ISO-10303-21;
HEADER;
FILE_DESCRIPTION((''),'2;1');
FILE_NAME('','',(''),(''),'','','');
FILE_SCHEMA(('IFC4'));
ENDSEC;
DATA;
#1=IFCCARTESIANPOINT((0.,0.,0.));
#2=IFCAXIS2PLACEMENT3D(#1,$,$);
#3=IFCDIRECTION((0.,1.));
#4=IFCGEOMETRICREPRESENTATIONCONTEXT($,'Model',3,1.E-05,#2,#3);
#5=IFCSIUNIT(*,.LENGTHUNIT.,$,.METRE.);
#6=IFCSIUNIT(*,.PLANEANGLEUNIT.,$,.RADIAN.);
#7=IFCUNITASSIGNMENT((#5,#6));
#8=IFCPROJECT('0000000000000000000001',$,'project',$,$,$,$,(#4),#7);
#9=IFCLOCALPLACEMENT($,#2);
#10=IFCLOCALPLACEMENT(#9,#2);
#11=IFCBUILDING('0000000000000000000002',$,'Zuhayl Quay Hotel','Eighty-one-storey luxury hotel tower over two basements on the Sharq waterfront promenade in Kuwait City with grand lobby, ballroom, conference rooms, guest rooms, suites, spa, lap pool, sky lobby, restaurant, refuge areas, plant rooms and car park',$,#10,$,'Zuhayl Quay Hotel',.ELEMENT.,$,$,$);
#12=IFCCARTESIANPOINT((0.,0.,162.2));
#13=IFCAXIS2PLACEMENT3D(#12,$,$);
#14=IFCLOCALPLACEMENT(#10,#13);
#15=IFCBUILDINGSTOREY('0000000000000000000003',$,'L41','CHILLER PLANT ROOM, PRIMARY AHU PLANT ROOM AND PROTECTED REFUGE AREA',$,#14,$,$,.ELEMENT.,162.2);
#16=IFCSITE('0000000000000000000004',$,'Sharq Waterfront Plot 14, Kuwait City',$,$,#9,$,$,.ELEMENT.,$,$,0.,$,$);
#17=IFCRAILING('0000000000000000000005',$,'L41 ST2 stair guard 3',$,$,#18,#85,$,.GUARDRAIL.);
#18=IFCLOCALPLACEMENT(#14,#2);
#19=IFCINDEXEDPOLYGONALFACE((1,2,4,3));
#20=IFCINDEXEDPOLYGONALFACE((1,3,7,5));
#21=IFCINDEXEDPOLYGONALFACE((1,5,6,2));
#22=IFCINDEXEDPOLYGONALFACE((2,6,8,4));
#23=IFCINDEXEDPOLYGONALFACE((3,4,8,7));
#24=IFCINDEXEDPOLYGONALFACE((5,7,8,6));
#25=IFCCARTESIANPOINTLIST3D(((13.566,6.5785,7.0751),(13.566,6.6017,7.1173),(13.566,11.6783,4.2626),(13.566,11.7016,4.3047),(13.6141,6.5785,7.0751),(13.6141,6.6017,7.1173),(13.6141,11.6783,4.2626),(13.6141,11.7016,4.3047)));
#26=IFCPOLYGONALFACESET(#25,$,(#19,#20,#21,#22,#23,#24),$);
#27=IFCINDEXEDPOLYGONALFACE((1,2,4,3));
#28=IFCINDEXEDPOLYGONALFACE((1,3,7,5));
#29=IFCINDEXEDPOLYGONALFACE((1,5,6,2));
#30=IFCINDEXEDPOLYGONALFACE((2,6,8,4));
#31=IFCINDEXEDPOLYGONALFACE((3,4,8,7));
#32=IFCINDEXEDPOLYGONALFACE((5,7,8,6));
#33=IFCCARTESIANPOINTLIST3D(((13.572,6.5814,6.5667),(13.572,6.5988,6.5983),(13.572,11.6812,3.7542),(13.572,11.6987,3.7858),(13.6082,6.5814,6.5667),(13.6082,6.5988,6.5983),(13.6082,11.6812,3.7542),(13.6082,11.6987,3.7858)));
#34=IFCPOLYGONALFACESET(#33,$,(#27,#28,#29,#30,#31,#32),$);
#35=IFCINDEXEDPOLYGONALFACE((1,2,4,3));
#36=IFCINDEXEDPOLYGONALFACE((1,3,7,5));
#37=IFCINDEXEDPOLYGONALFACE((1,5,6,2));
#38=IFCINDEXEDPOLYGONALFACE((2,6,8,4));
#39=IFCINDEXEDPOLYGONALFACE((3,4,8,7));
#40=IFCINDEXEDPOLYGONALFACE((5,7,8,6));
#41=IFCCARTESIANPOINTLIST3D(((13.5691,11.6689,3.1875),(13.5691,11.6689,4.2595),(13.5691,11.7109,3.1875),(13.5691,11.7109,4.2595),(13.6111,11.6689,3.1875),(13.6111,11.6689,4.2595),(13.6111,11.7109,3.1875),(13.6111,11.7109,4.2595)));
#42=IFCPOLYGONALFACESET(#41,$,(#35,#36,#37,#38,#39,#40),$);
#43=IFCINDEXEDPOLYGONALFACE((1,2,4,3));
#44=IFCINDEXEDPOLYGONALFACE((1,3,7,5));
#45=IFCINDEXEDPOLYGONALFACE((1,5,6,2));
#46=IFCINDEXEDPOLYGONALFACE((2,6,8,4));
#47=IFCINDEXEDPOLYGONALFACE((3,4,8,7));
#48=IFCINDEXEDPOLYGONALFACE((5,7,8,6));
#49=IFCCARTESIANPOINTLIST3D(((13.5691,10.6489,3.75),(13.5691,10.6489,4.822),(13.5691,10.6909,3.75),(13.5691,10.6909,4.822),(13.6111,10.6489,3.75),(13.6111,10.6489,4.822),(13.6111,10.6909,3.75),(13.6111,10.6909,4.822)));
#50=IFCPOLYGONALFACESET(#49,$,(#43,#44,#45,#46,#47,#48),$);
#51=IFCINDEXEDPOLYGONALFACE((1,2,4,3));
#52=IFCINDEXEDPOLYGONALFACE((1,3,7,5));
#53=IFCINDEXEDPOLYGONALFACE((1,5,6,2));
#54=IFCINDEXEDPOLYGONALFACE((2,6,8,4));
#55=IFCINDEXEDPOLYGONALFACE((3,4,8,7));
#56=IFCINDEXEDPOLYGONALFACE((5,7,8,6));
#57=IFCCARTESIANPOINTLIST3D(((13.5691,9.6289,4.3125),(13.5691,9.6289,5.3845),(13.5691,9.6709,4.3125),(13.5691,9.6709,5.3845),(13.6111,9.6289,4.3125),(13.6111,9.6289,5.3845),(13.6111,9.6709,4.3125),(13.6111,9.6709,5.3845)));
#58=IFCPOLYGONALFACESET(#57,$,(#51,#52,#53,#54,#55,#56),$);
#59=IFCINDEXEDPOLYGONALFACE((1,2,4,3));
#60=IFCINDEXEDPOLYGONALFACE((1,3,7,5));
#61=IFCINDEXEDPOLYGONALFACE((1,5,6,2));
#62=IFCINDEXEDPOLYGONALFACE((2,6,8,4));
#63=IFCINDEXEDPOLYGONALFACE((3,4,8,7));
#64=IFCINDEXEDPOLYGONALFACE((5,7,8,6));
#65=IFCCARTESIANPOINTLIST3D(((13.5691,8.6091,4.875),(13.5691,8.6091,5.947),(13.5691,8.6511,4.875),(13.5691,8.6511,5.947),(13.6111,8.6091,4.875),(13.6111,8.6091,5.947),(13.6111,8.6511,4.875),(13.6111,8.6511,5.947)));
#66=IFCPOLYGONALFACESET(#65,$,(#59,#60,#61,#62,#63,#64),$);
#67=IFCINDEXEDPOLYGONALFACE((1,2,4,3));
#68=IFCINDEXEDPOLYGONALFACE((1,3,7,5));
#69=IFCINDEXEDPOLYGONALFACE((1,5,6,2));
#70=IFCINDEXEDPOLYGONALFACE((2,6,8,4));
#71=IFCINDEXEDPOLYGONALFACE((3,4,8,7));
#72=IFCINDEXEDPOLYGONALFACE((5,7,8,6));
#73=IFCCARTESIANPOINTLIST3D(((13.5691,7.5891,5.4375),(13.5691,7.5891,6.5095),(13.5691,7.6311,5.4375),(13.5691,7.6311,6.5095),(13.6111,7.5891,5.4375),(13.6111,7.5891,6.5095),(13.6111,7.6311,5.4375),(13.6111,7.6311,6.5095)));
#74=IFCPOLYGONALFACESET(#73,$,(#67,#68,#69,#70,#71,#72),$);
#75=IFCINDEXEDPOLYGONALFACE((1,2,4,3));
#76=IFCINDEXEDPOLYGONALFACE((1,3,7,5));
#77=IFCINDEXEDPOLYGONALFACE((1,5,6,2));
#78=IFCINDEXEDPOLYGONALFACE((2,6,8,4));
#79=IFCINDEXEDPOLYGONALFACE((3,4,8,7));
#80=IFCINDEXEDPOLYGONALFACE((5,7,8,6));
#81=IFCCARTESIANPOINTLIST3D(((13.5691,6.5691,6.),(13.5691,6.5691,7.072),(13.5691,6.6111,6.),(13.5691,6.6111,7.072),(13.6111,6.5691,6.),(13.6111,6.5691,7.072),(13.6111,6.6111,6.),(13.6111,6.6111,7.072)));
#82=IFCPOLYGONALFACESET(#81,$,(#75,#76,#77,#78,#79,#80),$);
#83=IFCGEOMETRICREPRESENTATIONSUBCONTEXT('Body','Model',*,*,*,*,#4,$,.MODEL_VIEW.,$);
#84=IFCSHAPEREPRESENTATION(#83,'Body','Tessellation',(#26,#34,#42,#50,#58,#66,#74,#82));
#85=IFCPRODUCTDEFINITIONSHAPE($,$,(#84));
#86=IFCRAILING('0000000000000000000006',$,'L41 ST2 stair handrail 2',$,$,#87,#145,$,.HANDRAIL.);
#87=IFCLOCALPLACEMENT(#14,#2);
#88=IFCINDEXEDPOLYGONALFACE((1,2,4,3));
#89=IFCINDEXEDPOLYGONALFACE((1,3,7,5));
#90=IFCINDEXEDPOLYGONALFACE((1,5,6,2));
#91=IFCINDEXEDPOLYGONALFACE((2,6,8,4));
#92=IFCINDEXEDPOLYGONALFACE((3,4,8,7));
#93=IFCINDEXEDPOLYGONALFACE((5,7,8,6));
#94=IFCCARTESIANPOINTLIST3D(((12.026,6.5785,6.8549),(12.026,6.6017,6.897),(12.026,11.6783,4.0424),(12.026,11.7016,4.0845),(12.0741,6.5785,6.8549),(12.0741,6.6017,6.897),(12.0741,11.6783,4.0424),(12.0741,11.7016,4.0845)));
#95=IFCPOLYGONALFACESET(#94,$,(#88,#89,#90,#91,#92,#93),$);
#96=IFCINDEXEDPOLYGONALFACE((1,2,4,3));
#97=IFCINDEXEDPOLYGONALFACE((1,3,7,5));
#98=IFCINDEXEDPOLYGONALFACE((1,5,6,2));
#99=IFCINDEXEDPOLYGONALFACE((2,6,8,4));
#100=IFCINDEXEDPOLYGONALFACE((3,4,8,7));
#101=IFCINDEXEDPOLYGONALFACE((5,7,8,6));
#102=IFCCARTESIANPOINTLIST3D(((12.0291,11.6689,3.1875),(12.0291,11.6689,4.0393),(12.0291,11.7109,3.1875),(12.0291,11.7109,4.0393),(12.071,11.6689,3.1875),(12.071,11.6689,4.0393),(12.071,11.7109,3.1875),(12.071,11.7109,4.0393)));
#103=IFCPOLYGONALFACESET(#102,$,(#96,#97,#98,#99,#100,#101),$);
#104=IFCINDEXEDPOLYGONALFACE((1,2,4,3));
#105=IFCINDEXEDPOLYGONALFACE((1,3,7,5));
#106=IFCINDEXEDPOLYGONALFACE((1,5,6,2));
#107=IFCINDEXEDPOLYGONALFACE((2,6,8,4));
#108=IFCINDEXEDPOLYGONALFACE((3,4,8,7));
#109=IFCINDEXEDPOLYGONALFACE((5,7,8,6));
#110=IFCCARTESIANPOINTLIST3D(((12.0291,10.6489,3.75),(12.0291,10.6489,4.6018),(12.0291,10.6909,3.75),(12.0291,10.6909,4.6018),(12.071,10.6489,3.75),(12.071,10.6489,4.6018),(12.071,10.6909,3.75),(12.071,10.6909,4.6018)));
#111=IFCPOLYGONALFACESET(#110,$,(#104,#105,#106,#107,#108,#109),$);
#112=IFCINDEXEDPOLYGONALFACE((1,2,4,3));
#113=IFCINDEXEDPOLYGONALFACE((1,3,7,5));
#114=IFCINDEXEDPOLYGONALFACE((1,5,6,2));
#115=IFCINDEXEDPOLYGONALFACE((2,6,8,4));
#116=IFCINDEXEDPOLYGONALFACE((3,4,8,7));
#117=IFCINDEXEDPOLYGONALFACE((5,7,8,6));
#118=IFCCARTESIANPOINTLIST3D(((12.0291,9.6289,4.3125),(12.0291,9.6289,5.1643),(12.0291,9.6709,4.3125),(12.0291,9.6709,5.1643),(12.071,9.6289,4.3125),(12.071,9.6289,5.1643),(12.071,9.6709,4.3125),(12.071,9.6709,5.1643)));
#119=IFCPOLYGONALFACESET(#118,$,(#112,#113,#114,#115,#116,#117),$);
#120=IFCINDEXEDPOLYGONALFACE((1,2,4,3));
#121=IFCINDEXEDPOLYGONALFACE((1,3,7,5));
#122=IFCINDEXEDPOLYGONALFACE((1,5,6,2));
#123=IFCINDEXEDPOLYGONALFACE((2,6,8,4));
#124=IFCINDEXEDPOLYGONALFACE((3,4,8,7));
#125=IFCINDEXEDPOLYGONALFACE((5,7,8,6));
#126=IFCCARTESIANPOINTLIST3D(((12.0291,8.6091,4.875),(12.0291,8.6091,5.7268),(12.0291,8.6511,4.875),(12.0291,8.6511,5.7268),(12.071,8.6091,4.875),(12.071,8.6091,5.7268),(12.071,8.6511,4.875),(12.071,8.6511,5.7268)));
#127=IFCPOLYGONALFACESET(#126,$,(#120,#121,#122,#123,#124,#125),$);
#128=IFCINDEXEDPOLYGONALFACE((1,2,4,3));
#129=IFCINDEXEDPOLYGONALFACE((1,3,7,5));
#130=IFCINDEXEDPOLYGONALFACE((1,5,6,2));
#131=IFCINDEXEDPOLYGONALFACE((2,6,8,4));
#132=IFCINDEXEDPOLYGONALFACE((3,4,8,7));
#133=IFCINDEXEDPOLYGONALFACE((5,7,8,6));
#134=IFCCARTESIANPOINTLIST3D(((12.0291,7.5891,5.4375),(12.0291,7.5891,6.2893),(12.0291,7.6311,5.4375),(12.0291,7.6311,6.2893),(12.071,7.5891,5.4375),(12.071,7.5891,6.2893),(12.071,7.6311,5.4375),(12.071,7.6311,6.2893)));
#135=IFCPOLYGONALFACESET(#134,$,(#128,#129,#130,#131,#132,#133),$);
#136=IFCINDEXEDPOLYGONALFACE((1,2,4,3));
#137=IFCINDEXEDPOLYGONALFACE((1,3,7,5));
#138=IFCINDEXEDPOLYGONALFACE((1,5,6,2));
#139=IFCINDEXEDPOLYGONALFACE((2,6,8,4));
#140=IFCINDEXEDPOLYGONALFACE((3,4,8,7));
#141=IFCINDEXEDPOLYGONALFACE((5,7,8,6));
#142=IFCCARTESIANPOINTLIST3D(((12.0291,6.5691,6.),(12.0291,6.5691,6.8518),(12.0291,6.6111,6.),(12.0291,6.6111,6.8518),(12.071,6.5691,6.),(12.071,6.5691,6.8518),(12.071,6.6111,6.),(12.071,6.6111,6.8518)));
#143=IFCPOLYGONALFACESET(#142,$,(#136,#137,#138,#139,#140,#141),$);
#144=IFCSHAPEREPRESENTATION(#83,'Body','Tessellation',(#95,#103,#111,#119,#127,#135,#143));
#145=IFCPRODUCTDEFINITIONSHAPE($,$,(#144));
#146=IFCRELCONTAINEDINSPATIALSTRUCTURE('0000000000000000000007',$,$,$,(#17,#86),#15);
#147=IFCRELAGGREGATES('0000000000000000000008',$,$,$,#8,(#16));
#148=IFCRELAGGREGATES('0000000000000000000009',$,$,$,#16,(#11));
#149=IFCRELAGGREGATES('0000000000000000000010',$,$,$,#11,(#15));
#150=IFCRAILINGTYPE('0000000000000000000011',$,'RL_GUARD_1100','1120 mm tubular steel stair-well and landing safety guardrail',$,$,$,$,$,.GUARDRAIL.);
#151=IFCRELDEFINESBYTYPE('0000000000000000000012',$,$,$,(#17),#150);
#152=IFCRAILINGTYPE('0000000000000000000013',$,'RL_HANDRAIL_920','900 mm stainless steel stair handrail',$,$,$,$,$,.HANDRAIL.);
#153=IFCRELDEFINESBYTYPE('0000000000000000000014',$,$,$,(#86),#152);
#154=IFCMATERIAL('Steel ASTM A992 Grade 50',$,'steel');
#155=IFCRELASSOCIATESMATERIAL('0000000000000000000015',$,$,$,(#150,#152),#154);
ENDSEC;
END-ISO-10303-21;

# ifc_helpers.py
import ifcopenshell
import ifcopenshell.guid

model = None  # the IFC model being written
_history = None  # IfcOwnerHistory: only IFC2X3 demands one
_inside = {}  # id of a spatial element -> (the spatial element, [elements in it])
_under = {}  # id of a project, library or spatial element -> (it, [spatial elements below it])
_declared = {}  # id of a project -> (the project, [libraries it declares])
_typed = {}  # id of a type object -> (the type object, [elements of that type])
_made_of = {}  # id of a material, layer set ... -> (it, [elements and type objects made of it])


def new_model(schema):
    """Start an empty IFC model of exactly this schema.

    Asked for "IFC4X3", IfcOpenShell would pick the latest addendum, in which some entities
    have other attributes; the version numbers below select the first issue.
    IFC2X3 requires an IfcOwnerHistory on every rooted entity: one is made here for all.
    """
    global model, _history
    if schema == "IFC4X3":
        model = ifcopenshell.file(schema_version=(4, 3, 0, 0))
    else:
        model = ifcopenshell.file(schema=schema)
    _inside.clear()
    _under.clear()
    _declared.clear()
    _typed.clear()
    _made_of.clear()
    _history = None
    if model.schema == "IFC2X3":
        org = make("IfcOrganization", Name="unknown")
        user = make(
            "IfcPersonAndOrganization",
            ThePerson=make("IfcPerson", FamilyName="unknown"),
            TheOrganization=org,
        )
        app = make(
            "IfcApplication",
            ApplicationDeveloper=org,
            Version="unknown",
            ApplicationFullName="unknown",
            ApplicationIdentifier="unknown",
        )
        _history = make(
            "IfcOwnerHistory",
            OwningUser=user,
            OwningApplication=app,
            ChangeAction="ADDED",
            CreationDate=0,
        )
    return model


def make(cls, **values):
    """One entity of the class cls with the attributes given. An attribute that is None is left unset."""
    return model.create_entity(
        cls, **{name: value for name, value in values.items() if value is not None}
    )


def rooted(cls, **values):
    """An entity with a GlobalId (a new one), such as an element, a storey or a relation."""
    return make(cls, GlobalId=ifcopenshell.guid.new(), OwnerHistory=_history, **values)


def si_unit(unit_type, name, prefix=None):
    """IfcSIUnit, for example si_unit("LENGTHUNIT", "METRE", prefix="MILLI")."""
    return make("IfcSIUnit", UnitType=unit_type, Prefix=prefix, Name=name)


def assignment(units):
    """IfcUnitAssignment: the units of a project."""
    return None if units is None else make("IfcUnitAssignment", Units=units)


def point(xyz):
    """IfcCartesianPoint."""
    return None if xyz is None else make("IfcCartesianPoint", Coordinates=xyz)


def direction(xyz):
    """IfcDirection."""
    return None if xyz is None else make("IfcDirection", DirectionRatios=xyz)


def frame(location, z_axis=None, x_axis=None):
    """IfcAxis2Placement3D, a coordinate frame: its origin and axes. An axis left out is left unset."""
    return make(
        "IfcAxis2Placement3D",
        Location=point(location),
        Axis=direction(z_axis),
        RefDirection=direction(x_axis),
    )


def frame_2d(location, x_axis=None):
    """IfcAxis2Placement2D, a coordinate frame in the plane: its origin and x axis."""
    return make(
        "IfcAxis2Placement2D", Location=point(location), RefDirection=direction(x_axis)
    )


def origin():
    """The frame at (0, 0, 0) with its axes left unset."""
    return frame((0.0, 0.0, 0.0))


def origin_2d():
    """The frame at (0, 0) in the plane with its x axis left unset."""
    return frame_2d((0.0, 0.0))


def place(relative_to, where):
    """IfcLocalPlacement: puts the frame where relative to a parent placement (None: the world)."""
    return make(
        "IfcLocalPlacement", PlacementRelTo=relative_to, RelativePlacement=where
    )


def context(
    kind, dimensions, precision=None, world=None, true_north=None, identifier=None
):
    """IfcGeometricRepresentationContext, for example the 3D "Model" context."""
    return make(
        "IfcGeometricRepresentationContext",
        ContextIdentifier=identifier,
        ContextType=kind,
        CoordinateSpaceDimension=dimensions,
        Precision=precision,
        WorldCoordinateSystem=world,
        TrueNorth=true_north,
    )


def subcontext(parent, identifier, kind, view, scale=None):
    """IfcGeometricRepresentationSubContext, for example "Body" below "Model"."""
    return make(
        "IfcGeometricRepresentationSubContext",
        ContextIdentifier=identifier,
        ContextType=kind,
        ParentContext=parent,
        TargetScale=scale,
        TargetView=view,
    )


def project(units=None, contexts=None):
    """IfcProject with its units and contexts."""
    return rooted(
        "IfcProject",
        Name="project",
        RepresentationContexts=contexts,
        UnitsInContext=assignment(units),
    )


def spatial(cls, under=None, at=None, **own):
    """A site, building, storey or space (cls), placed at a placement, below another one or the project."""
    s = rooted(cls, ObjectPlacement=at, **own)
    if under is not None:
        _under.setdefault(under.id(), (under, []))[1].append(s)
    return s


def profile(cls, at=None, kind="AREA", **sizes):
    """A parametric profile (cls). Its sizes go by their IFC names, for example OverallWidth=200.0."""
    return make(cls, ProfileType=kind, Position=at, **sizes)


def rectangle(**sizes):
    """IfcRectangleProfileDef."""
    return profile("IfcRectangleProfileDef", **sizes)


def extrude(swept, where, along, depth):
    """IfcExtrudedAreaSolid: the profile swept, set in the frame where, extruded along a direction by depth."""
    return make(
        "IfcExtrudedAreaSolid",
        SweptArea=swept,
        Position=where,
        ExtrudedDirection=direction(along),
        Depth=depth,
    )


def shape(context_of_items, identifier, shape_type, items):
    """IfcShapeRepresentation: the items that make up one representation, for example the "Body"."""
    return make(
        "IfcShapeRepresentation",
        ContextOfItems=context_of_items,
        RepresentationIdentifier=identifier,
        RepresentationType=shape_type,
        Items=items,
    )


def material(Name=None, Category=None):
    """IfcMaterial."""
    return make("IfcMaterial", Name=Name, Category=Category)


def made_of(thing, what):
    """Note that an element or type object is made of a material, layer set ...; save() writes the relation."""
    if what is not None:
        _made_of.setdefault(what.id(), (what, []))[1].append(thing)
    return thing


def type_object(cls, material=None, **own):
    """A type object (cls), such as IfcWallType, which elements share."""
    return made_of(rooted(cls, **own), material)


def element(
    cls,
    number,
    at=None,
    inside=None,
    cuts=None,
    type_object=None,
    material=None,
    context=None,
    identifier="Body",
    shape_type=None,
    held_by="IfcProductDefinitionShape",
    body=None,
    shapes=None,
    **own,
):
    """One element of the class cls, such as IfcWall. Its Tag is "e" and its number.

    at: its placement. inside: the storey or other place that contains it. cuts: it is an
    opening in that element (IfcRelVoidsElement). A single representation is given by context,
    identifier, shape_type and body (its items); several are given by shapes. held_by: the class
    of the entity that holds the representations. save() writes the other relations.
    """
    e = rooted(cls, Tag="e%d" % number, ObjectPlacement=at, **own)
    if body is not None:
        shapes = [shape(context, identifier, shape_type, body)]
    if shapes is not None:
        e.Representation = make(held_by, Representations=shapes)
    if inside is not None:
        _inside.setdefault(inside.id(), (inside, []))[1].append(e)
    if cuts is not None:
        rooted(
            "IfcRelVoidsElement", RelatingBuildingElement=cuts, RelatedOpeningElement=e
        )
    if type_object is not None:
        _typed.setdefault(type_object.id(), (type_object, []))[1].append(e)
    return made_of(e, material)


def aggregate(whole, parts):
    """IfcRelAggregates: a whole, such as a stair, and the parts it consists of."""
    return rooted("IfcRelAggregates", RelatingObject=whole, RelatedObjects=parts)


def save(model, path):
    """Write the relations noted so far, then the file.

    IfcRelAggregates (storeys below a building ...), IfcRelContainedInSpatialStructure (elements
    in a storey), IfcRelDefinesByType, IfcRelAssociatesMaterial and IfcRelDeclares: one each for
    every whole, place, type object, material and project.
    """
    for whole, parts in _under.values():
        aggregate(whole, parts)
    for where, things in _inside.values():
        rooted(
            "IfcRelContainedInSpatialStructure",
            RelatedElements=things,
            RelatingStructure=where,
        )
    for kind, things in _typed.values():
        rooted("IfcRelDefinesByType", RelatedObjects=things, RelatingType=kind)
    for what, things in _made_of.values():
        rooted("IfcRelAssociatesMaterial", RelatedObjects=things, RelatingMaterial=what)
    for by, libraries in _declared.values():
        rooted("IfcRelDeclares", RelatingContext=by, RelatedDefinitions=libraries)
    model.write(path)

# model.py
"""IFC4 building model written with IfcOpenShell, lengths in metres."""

from ifc_helpers import new_model, si_unit, direction, frame, origin, origin_2d, place, context, subcontext, project, spatial, rectangle, extrude, material, type_object, element, save


model = new_model("IFC4")

# Units and contexts
model_context = context("Model", 3, precision=1e-05, world=origin(), true_north=direction((0.0, 1.0)))
body_context = subcontext(model_context, "Body", "Model", "MODEL_VIEW")
ifc_project = project(units=[si_unit("LENGTHUNIT", "METRE"), si_unit("PLANEANGLEUNIT", "RADIAN")], contexts=[model_context])

# Site, building, storey
site_placement = place(None, origin())
site = spatial("IfcSite", under=ifc_project, at=site_placement, Name="Sharq Waterfront Plot 14, Kuwait City", CompositionType="ELEMENT", RefElevation=0.0)
building_placement = place(site_placement, origin())
building = spatial("IfcBuilding", under=site, at=building_placement, Name="Zuhayl Quay Hotel", Description="Eighty-one-storey luxury hotel tower over two basements on the Sharq waterfront promenade in Kuwait City with grand lobby, ballroom, conference rooms, guest rooms, suites, spa, lap pool, sky lobby, restaurant, refuge areas, plant rooms and car park", LongName="Zuhayl Quay Hotel", CompositionType="ELEMENT")
storey_placement = place(building_placement, frame((0.0, 0.0, 162.2)))
storey = spatial("IfcBuildingStorey", under=building, at=storey_placement, Name="L41", Description="CHILLER PLANT ROOM, PRIMARY AHU PLANT ROOM AND PROTECTED REFUGE AREA", CompositionType="ELEMENT", Elevation=162.2)

# Railings
ifc_material_1 = material(Name="Steel ASTM A992 Grade 50", Category="steel")
railing_type_1 = type_object("IfcRailingType", Name="RL_GUARD_1100", Description="1120 mm tubular steel stair-well and landing safety guardrail", PredefinedType="GUARDRAIL", material=ifc_material_1)
railing_1_placement = place(storey_placement, frame((13.5901, 11.6899, 3.1875)))
element("IfcRailing", 1, at=railing_1_placement, inside=storey, type_object=railing_type_1, Name="L41 ST2 stair guard 3", PredefinedType="GUARDRAIL", context=body_context, shape_type="SweptSolid", body=[
    extrude(rectangle(XDim=0.0481, YDim=0.0481, at=origin_2d()), frame((0.0, 0.0, 1.0962), z_axis=(0.0, -0.875666, 0.482918), x_axis=(1.0, 0.0, 0.0)), (0.0, 0.0, 1.0), 5.824),
    extrude(rectangle(XDim=0.0361, YDim=0.0361, at=origin_2d()), frame((0.0, 0.0, 0.5825), z_axis=(0.0, -0.875666, 0.482918), x_axis=(1.0, 0.0, 0.0)), (0.0, 0.0, 1.0), 5.824),
    extrude(rectangle(XDim=0.042, YDim=0.042, at=origin_2d()), origin(), (0.0, 0.0, 1.0), 1.072),
    extrude(rectangle(XDim=0.042, YDim=0.042, at=origin_2d()), frame((0.0, -1.02, 0.5625)), (0.0, 0.0, 1.0), 1.072),
    extrude(rectangle(XDim=0.042, YDim=0.042, at=origin_2d()), frame((0.0, -2.04, 1.125)), (0.0, 0.0, 1.0), 1.072),
    extrude(rectangle(XDim=0.042, YDim=0.042, at=origin_2d()), frame((0.0, -3.0598, 1.6875)), (0.0, 0.0, 1.0), 1.072),
    extrude(rectangle(XDim=0.042, YDim=0.042, at=origin_2d()), frame((0.0, -4.0798, 2.25)), (0.0, 0.0, 1.0), 1.072),
    extrude(rectangle(XDim=0.042, YDim=0.042, at=origin_2d()), frame((0.0, -5.0999, 2.8125)), (0.0, 0.0, 1.0), 1.072),
])
railing_type_2 = type_object("IfcRailingType", Name="RL_HANDRAIL_920", Description="900 mm stainless steel stair handrail", PredefinedType="HANDRAIL", material=ifc_material_1)
railing_2_placement = place(storey_placement, frame((12.05, 11.6899, 3.1875)))
element("IfcRailing", 2, at=railing_2_placement, inside=storey, type_object=railing_type_2, Name="L41 ST2 stair handrail 2", PredefinedType="HANDRAIL", context=body_context, shape_type="SweptSolid", body=[
    extrude(rectangle(XDim=0.0481, YDim=0.0481, at=origin_2d()), frame((0.0, 0.0, 0.876), z_axis=(0.0, -0.875666, 0.482918), x_axis=(1.0, 0.0, 0.0)), (0.0, 0.0, 1.0), 5.824),
    extrude(rectangle(XDim=0.042, YDim=0.042, at=origin_2d()), origin(), (0.0, 0.0, 1.0), 0.8518),
    extrude(rectangle(XDim=0.042, YDim=0.042, at=origin_2d()), frame((0.0, -1.02, 0.5625)), (0.0, 0.0, 1.0), 0.8518),
    extrude(rectangle(XDim=0.042, YDim=0.042, at=origin_2d()), frame((0.0, -2.04, 1.125)), (0.0, 0.0, 1.0), 0.8518),
    extrude(rectangle(XDim=0.042, YDim=0.042, at=origin_2d()), frame((0.0, -3.0598, 1.6875)), (0.0, 0.0, 1.0), 0.8518),
    extrude(rectangle(XDim=0.042, YDim=0.042, at=origin_2d()), frame((0.0, -4.0798, 2.25)), (0.0, 0.0, 1.0), 0.8518),
    extrude(rectangle(XDim=0.042, YDim=0.042, at=origin_2d()), frame((0.0, -5.0999, 2.8125)), (0.0, 0.0, 1.0), 0.8518),
])

save(model, "model.ifc")
